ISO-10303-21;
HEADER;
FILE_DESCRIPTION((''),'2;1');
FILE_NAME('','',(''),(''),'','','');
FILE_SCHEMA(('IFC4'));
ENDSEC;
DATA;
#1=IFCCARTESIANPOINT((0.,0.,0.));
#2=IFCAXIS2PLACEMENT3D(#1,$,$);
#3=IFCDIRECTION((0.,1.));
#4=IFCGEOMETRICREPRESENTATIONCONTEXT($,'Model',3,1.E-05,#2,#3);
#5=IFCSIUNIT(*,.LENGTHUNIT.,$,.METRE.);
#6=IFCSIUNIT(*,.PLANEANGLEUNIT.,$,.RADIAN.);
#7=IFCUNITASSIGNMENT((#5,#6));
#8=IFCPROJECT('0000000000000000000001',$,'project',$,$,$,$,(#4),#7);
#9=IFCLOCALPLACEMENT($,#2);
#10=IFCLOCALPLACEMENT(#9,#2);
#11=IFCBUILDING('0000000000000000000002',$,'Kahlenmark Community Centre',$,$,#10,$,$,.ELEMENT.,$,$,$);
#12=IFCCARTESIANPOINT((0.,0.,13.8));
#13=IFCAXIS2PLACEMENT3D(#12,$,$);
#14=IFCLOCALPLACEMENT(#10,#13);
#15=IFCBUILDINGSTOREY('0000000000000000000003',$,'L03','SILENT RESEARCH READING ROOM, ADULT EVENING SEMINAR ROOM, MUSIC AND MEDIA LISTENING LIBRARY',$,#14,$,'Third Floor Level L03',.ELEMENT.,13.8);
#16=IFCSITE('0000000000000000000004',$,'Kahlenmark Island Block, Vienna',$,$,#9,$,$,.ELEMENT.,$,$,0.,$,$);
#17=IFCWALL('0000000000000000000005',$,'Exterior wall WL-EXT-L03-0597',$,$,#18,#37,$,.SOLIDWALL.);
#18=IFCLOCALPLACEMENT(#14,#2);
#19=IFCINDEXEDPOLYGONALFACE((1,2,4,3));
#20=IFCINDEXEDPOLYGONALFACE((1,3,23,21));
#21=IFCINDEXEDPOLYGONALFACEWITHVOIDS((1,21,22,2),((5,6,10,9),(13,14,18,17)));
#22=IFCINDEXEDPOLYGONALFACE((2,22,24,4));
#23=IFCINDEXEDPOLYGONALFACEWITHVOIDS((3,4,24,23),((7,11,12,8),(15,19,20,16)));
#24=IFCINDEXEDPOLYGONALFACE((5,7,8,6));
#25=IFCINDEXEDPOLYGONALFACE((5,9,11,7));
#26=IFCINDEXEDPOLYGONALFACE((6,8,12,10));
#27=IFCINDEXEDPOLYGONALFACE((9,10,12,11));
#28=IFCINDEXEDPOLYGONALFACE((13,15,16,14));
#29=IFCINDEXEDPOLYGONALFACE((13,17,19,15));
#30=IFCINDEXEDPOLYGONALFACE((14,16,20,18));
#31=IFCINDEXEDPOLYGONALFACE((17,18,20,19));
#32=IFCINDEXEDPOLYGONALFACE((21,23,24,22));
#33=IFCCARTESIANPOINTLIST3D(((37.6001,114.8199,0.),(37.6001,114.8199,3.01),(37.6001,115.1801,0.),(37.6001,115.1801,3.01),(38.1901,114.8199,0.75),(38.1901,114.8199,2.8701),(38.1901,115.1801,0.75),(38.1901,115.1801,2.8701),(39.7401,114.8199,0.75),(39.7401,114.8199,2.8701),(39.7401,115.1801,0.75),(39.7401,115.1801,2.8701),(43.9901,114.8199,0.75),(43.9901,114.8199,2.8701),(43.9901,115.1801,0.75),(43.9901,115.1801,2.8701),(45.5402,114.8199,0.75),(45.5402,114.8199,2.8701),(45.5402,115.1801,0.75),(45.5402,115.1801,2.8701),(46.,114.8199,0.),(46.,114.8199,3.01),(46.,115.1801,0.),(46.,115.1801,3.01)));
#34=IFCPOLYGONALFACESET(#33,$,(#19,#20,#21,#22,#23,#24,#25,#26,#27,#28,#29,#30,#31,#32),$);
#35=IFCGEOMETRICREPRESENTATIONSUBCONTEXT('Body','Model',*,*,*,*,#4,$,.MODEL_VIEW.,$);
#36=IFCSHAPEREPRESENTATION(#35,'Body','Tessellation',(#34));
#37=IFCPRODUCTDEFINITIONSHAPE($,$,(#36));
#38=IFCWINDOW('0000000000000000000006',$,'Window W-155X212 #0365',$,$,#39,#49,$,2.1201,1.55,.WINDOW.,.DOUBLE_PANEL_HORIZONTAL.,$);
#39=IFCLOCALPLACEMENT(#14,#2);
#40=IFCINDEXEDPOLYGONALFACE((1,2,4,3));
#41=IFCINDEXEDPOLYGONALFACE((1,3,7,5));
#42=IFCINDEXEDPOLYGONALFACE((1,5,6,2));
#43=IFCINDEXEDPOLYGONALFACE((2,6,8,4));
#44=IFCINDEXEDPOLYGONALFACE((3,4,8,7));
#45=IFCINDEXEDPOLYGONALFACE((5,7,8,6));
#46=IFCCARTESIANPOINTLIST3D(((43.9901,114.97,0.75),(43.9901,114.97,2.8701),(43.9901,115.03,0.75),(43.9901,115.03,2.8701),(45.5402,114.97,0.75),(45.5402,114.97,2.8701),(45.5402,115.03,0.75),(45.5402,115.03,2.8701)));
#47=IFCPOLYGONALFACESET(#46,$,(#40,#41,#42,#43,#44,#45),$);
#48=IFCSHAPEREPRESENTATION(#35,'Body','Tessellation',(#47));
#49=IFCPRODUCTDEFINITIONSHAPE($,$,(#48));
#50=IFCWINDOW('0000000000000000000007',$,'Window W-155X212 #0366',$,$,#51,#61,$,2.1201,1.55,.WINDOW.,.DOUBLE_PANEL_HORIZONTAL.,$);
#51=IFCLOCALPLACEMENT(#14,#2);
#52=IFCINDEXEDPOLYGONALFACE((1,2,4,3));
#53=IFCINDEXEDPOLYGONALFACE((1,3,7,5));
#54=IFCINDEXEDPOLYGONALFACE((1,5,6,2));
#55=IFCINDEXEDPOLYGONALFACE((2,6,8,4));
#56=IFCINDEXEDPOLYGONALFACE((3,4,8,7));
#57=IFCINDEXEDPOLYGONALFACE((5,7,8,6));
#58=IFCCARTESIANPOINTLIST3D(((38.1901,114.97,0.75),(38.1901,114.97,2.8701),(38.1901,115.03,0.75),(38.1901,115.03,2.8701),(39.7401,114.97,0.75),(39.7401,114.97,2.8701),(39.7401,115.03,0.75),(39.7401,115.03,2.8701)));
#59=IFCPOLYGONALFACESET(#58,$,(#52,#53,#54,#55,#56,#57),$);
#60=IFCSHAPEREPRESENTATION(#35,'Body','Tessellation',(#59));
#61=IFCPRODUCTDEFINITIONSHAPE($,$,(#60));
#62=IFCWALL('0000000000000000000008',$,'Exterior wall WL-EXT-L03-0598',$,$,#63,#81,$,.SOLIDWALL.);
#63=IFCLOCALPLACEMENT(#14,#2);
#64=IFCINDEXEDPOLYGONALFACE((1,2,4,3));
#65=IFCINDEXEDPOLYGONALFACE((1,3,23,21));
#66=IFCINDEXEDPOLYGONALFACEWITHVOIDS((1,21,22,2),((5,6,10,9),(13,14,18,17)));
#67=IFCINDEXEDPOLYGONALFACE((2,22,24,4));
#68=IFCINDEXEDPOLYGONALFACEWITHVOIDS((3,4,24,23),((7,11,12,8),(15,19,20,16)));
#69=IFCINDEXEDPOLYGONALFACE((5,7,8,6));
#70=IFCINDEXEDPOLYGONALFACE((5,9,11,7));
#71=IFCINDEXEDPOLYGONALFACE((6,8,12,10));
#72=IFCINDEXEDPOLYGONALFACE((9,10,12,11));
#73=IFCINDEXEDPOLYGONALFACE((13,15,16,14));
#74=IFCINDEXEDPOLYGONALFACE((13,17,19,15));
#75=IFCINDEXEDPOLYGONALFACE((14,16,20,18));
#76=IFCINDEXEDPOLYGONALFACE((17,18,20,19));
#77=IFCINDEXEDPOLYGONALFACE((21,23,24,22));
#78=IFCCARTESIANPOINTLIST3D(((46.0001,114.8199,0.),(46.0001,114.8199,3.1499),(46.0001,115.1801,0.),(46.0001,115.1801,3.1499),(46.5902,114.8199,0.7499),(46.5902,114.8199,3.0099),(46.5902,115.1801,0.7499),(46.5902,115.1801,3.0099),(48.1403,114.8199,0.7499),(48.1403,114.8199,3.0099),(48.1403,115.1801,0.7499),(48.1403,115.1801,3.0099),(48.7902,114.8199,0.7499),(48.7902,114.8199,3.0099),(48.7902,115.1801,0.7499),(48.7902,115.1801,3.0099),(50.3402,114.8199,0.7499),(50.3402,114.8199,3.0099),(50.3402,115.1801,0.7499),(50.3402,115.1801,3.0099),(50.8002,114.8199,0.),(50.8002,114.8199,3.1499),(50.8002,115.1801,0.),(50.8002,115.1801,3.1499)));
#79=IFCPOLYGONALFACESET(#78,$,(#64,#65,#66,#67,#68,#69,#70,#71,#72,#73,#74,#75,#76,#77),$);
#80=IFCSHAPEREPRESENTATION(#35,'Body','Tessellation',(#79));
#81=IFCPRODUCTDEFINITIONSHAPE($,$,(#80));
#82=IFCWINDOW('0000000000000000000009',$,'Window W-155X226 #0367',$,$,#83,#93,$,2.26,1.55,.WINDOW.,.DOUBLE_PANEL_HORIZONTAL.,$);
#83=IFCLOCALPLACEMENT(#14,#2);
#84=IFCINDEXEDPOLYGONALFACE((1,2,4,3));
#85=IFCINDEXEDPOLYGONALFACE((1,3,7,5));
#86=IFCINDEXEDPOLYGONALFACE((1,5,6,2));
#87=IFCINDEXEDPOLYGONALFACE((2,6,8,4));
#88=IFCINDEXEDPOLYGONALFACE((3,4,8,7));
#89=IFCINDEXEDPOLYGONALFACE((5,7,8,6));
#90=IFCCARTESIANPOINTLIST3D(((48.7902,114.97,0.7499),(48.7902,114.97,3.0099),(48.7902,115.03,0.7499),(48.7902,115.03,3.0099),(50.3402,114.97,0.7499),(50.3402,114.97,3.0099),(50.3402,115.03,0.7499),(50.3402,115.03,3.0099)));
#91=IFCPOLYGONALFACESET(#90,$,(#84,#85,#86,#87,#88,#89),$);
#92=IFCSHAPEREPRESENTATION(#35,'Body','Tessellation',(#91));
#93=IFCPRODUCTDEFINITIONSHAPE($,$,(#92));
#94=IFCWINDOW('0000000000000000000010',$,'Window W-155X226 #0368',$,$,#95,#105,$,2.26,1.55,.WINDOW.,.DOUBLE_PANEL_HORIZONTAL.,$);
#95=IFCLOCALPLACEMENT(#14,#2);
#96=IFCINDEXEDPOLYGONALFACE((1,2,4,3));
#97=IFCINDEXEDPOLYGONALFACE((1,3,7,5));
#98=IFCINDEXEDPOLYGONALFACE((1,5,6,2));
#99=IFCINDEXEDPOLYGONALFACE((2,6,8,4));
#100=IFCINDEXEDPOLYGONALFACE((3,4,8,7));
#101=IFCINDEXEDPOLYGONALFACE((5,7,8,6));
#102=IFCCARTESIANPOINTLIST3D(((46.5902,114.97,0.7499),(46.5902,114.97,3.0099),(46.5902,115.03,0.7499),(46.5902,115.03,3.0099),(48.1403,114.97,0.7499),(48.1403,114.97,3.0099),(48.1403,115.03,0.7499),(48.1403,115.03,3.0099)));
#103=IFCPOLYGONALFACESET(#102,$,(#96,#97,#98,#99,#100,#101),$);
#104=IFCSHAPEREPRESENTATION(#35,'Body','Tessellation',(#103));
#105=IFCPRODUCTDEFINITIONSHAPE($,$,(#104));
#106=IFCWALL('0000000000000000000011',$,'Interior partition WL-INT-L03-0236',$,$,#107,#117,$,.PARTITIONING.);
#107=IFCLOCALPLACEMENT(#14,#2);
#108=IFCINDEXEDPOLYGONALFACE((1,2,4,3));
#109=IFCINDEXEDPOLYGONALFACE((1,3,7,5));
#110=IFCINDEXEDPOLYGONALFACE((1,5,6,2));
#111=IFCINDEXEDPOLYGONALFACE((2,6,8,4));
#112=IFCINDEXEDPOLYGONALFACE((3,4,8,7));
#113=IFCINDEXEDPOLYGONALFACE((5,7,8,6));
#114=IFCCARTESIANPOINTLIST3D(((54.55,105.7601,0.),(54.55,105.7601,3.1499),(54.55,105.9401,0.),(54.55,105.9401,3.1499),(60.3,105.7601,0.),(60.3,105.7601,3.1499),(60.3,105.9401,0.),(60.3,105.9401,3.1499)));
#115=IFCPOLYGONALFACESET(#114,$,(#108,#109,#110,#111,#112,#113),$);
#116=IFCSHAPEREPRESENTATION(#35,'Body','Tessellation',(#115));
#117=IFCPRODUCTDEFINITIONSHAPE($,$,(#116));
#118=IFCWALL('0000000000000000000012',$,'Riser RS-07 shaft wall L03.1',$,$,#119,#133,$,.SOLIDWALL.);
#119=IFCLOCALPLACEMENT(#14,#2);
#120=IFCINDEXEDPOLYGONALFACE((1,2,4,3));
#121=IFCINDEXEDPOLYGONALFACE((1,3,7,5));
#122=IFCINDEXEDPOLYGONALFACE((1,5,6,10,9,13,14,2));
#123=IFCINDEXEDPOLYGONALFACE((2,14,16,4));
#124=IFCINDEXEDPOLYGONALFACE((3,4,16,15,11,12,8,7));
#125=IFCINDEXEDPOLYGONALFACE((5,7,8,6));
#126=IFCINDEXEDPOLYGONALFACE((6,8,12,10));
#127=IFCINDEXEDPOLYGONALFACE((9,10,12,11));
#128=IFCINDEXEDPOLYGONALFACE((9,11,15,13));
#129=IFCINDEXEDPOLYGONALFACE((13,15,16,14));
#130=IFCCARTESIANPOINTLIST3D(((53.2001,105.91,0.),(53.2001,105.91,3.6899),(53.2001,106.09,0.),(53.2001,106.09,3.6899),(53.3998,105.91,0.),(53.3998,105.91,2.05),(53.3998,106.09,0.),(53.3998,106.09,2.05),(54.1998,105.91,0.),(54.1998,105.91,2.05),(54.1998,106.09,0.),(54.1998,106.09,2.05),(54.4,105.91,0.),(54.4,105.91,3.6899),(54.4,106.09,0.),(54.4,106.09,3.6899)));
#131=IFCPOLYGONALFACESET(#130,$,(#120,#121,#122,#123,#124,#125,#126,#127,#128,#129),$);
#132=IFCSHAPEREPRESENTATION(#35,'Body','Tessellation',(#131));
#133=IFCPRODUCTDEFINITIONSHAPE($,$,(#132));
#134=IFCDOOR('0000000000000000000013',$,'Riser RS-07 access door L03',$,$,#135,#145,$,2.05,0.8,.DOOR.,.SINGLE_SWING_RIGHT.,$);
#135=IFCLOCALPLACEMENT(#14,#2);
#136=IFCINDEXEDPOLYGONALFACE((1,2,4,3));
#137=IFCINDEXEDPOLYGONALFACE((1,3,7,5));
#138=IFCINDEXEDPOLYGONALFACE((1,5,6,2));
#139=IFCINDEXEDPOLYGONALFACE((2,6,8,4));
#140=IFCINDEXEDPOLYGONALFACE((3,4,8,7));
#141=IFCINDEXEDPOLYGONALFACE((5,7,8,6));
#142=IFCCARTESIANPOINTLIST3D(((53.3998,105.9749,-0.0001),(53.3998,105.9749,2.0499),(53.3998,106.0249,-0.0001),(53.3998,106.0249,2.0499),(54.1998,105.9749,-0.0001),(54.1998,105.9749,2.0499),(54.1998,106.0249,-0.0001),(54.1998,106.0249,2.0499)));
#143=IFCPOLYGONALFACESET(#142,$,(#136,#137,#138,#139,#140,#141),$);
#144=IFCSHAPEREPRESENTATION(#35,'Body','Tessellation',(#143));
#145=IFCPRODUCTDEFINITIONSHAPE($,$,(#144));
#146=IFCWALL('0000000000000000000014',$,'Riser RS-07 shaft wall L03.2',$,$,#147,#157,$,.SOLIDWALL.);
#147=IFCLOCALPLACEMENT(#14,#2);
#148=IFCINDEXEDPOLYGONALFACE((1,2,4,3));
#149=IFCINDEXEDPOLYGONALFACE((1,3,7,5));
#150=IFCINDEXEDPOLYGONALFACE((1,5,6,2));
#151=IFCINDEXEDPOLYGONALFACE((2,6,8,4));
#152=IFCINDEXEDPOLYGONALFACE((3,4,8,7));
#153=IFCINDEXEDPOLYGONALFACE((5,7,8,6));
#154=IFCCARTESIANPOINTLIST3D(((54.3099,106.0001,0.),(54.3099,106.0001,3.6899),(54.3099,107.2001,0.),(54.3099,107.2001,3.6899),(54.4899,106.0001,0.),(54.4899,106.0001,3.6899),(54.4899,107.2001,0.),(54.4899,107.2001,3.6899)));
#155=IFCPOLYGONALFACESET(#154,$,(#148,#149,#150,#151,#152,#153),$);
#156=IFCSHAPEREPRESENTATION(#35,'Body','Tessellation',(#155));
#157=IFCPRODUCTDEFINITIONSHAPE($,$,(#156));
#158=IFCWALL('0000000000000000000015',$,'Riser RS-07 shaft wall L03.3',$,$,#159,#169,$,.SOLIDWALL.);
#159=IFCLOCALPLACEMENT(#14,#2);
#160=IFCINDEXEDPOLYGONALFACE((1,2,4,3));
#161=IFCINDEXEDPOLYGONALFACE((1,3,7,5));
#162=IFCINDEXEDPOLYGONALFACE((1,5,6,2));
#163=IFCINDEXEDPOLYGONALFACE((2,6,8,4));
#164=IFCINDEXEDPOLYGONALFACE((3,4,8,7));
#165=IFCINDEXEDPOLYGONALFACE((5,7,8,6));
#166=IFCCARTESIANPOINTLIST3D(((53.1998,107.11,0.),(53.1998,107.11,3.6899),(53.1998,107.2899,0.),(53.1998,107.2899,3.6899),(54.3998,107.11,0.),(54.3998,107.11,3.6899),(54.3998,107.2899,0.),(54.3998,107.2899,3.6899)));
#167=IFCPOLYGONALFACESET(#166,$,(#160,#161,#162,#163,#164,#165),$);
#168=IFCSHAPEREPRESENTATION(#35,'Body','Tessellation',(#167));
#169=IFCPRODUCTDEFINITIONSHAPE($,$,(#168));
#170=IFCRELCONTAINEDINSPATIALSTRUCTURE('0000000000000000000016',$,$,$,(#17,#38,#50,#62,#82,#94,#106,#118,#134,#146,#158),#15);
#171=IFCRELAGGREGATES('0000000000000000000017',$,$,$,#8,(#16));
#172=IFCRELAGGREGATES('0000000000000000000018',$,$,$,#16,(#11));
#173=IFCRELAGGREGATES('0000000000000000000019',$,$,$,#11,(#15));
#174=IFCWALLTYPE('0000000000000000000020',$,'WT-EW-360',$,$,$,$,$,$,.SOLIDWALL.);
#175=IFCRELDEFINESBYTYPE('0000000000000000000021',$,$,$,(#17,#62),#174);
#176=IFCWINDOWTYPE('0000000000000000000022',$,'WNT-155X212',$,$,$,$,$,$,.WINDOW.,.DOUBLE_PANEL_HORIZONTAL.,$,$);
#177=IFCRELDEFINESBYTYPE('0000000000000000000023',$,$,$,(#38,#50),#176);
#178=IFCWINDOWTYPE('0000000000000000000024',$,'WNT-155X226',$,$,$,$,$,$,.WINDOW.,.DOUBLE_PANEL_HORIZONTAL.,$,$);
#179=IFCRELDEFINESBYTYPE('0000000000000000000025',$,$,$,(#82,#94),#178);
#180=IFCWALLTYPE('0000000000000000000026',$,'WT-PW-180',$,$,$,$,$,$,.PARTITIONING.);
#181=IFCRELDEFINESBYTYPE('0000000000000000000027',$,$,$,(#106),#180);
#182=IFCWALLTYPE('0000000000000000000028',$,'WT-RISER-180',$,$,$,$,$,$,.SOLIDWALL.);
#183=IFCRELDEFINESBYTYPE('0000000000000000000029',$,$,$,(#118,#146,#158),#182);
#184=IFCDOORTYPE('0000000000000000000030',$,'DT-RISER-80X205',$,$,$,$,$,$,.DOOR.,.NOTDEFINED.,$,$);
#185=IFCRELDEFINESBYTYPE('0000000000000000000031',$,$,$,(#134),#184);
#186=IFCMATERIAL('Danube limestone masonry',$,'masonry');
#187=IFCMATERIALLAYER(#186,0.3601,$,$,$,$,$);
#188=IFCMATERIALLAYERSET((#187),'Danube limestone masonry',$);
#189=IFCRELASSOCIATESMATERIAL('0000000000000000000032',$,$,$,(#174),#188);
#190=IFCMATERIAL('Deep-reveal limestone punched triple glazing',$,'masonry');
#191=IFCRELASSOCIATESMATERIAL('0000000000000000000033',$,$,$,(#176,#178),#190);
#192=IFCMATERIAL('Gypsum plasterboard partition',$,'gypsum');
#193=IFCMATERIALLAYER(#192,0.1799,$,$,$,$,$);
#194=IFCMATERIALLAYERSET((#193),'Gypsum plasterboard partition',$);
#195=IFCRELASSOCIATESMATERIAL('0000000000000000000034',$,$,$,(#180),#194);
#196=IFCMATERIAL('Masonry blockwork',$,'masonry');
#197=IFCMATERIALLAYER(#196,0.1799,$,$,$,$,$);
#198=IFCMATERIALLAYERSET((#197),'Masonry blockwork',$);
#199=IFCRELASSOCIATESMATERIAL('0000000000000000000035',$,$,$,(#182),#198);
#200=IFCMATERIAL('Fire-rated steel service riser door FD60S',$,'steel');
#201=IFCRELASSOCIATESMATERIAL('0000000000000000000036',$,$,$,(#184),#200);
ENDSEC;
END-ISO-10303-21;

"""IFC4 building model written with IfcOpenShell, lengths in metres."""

from ifc_helpers import new_model, si_unit, direction, frame, frame_2d, origin, place, context, subcontext, project, spatial, rectangle, extrude, material, layer, layer_set, type_object, element, fill, save


model = new_model("IFC4")

# Units and contexts
model_context = context("Model", 3, precision=1e-05, world=origin(), true_north=direction((0.0, 1.0)))
body_context = subcontext(model_context, "Body", "Model", "MODEL_VIEW")
ifc_project = project(units=[si_unit("LENGTHUNIT", "METRE"), si_unit("PLANEANGLEUNIT", "RADIAN")], contexts=[model_context])

# Site, building, storey
site_placement = place(None, origin())
site = spatial("IfcSite", under=ifc_project, at=site_placement, Name="Kahlenmark Island Block, Vienna", CompositionType="ELEMENT", RefElevation=0.0)
building_placement = place(site_placement, origin())
building = spatial("IfcBuilding", under=site, at=building_placement, Name="Kahlenmark Community Centre", CompositionType="ELEMENT")
storey_placement = place(building_placement, frame((0.0, 0.0, 13.8)))
storey = spatial("IfcBuildingStorey", under=building, at=storey_placement, Name="L03", Description="SILENT RESEARCH READING ROOM, ADULT EVENING SEMINAR ROOM, MUSIC AND MEDIA LISTENING LIBRARY", LongName="Third Floor Level L03", CompositionType="ELEMENT", Elevation=13.8)

# Walls, openings, windows
ifc_material_1 = material(Name="Danube limestone masonry", Category="masonry")
ifc_layer_1 = layer(ifc_material_1, 0.3601)
ifc_layer_set_1 = layer_set([ifc_layer_1], Name="Danube limestone masonry")
wall_type_1 = type_object("IfcWallType", Name="WT-EW-360", PredefinedType="SOLIDWALL", material=ifc_layer_set_1)
wall_1_placement = place(storey_placement, frame((46.0, 115.0, 0.0), z_axis=(0.0, 0.0, 1.0), x_axis=(-1.0, 0.0, 0.0)))
wall_1 = element("IfcWall", 1, at=wall_1_placement, inside=storey, type_object=wall_type_1, Name="Exterior wall WL-EXT-L03-0597", PredefinedType="SOLIDWALL", context=body_context, shape_type="SweptSolid", body=[
    extrude(rectangle(XDim=8.3999, YDim=0.3601, at=frame_2d((4.2, 0.0))), origin(), (0.0, 0.0, 1.0), 3.01),
])
opening_1_placement = place(wall_1_placement, frame((0.46, 0.0, 0.75)))
opening_1 = element("IfcOpeningElement", 2, at=opening_1_placement, cuts=wall_1, PredefinedType="OPENING", context=body_context, shape_type="SweptSolid", body=[
    extrude(rectangle(XDim=1.55, YDim=2.1201, at=frame_2d((0.7749, 1.0601))), frame((0.0, 0.1899, 0.0), z_axis=(0.0, -1.0, 0.0), x_axis=(1.0, 0.0, 0.0)), (0.0, 0.0, 1.0), 0.3801),
])
opening_2_placement = place(wall_1_placement, frame((6.26, 0.0, 0.75)))
opening_2 = element("IfcOpeningElement", 3, at=opening_2_placement, cuts=wall_1, PredefinedType="OPENING", context=body_context, shape_type="SweptSolid", body=[
    extrude(rectangle(XDim=1.55, YDim=2.1201, at=frame_2d((0.7749, 1.0601))), frame((0.0, 0.1899, 0.0), z_axis=(0.0, -1.0, 0.0), x_axis=(1.0, 0.0, 0.0)), (0.0, 0.0, 1.0), 0.3801),
])
ifc_material_2 = material(Name="Deep-reveal limestone punched triple glazing", Category="masonry")
window_type_1 = type_object("IfcWindowType", Name="WNT-155X212", PartitioningType="DOUBLE_PANEL_HORIZONTAL", PredefinedType="WINDOW", material=ifc_material_2)
window_1_placement = place(opening_1_placement, origin())
window_1 = element("IfcWindow", 4, at=window_1_placement, inside=storey, type_object=window_type_1, Name="Window W-155X212 #0365", OverallHeight=2.1201, OverallWidth=1.55, PartitioningType="DOUBLE_PANEL_HORIZONTAL", PredefinedType="WINDOW", context=body_context, shape_type="SweptSolid", body=[
    extrude(rectangle(XDim=1.55, YDim=2.1201, at=frame_2d((0.7749, 1.0601))), frame((0.0, 0.03, 0.0), z_axis=(0.0, -1.0, 0.0), x_axis=(1.0, 0.0, 0.0)), (0.0, 0.0, 1.0), 0.0601),
])
fill(opening_1, window_1)
window_2_placement = place(opening_2_placement, origin())
window_2 = element("IfcWindow", 5, at=window_2_placement, inside=storey, type_object=window_type_1, Name="Window W-155X212 #0366", OverallHeight=2.1201, OverallWidth=1.55, PartitioningType="DOUBLE_PANEL_HORIZONTAL", PredefinedType="WINDOW", context=body_context, shape_type="SweptSolid", body=[
    extrude(rectangle(XDim=1.55, YDim=2.1201, at=frame_2d((0.7749, 1.0601))), frame((0.0, 0.03, 0.0), z_axis=(0.0, -1.0, 0.0), x_axis=(1.0, 0.0, 0.0)), (0.0, 0.0, 1.0), 0.0601),
])
fill(opening_2, window_2)
wall_2_placement = place(storey_placement, frame((50.8, 115.0, 0.0), z_axis=(0.0, 0.0, 1.0), x_axis=(-1.0, 0.0, 0.0)))
wall_2 = element("IfcWall", 6, at=wall_2_placement, inside=storey, type_object=wall_type_1, Name="Exterior wall WL-EXT-L03-0598", PredefinedType="SOLIDWALL", context=body_context, shape_type="SweptSolid", body=[
    extrude(rectangle(XDim=4.8, YDim=0.3601, at=frame_2d((2.3999, 0.0))), origin(), (0.0, 0.0, 1.0), 3.1499),
])
opening_3_placement = place(wall_2_placement, frame((0.46, 0.0, 0.75)))
opening_3 = element("IfcOpeningElement", 7, at=opening_3_placement, cuts=wall_2, PredefinedType="OPENING", context=body_context, shape_type="SweptSolid", body=[
    extrude(rectangle(XDim=1.55, YDim=2.26, at=frame_2d((0.7749, 1.1299))), frame((0.0, 0.1899, 0.0), z_axis=(0.0, -1.0, 0.0), x_axis=(1.0, 0.0, 0.0)), (0.0, 0.0, 1.0), 0.3801),
])
opening_4_placement = place(wall_2_placement, frame((2.6599, 0.0, 0.75)))
opening_4 = element("IfcOpeningElement", 8, at=opening_4_placement, cuts=wall_2, PredefinedType="OPENING", context=body_context, shape_type="SweptSolid", body=[
    extrude(rectangle(XDim=1.55, YDim=2.26, at=frame_2d((0.7749, 1.1299))), frame((0.0, 0.1899, 0.0), z_axis=(0.0, -1.0, 0.0), x_axis=(1.0, 0.0, 0.0)), (0.0, 0.0, 1.0), 0.3801),
])
window_type_2 = type_object("IfcWindowType", Name="WNT-155X226", PartitioningType="DOUBLE_PANEL_HORIZONTAL", PredefinedType="WINDOW", material=ifc_material_2)
window_3_placement = place(opening_3_placement, origin())
window_3 = element("IfcWindow", 9, at=window_3_placement, inside=storey, type_object=window_type_2, Name="Window W-155X226 #0367", OverallHeight=2.26, OverallWidth=1.55, PartitioningType="DOUBLE_PANEL_HORIZONTAL", PredefinedType="WINDOW", context=body_context, shape_type="SweptSolid", body=[
    extrude(rectangle(XDim=1.55, YDim=2.26, at=frame_2d((0.7749, 1.1299))), frame((0.0, 0.03, 0.0), z_axis=(0.0, -1.0, 0.0), x_axis=(1.0, 0.0, 0.0)), (0.0, 0.0, 1.0), 0.0601),
])
fill(opening_3, window_3)
window_4_placement = place(opening_4_placement, origin())
window_4 = element("IfcWindow", 10, at=window_4_placement, inside=storey, type_object=window_type_2, Name="Window W-155X226 #0368", OverallHeight=2.26, OverallWidth=1.55, PartitioningType="DOUBLE_PANEL_HORIZONTAL", PredefinedType="WINDOW", context=body_context, shape_type="SweptSolid", body=[
    extrude(rectangle(XDim=1.55, YDim=2.26, at=frame_2d((0.7749, 1.1299))), frame((0.0, 0.03, 0.0), z_axis=(0.0, -1.0, 0.0), x_axis=(1.0, 0.0, 0.0)), (0.0, 0.0, 1.0), 0.0601),
])
fill(opening_4, window_4)

# Wall
ifc_material_3 = material(Name="Gypsum plasterboard partition", Category="gypsum")
ifc_layer_2 = layer(ifc_material_3, 0.1799)
ifc_layer_set_2 = layer_set([ifc_layer_2], Name="Gypsum plasterboard partition")
wall_type_2 = type_object("IfcWallType", Name="WT-PW-180", PredefinedType="PARTITIONING", material=ifc_layer_set_2)
wall_3_placement = place(storey_placement, frame((54.55, 105.8501, 0.0), z_axis=(0.0, 0.0, 1.0), x_axis=(1.0, 0.0, 0.0)))
element("IfcWall", 11, at=wall_3_placement, inside=storey, type_object=wall_type_2, Name="Interior partition WL-INT-L03-0236", PredefinedType="PARTITIONING", context=body_context, shape_type="SweptSolid", body=[
    extrude(rectangle(XDim=5.75, YDim=0.1799, at=frame_2d((2.875, 0.0))), origin(), (0.0, 0.0, 1.0), 3.1499),
])

# Wall, opening, door
ifc_material_4 = material(Name="Masonry blockwork", Category="masonry")
ifc_layer_3 = layer(ifc_material_4, 0.1799)
ifc_layer_set_3 = layer_set([ifc_layer_3], Name="Masonry blockwork")
wall_type_3 = type_object("IfcWallType", Name="WT-RISER-180", PredefinedType="SOLIDWALL", material=ifc_layer_set_3)
wall_4_placement = place(storey_placement, frame((53.2, 106.0, 0.0), z_axis=(0.0, 0.0, 1.0), x_axis=(1.0, 0.0, 0.0)))
wall_4 = element("IfcWall", 12, at=wall_4_placement, inside=storey, type_object=wall_type_3, Name="Riser RS-07 shaft wall L03.1", PredefinedType="SOLIDWALL", context=body_context, shape_type="SweptSolid", body=[
    extrude(rectangle(XDim=1.2, YDim=0.1799, at=frame_2d((0.6001, 0.0))), origin(), (0.0, 0.0, 1.0), 3.6899),
])
opening_5_placement = place(wall_4_placement, frame((0.2, 0.0, -0.01)))
opening_5 = element("IfcOpeningElement", 13, at=opening_5_placement, cuts=wall_4, PredefinedType="OPENING", context=body_context, shape_type="SweptSolid", body=[
    extrude(rectangle(XDim=0.8, YDim=2.0601, at=frame_2d((0.3999, 1.03))), frame((0.0, 0.0999, 0.0), z_axis=(0.0, -1.0, 0.0), x_axis=(1.0, 0.0, 0.0)), (0.0, 0.0, 1.0), 0.2),
])
ifc_material_5 = material(Name="Fire-rated steel service riser door FD60S", Category="steel")
door_type_1 = type_object("IfcDoorType", Name="DT-RISER-80X205", OperationType="NOTDEFINED", PredefinedType="DOOR", material=ifc_material_5)
door_1_placement = place(opening_5_placement, frame((0.0, 0.0, 0.01)))
door_1 = element("IfcDoor", 14, at=door_1_placement, inside=storey, type_object=door_type_1, Name="Riser RS-07 access door L03", OperationType="SINGLE_SWING_RIGHT", OverallHeight=2.05, OverallWidth=0.8, PredefinedType="DOOR", context=body_context, shape_type="SweptSolid", body=[
    extrude(rectangle(XDim=0.8, YDim=2.05, at=frame_2d((0.3999, 1.0249))), frame((0.0, 0.0249, 0.0), z_axis=(0.0, -1.0, 0.0), x_axis=(1.0, 0.0, 0.0)), (0.0, 0.0, 1.0), 0.05),
])
fill(opening_5, door_1)

# Walls
for number, where, z_axis, x_axis, name in (
    (15, (54.3999, 106.0, 0.0), (0.0, 0.0, 1.0), (0.0, 1.0, 0.0), "Riser RS-07 shaft wall L03.2"),
    (16, (54.3999, 107.2, 0.0), (0.0, 0.0, 1.0), (-1.0, 0.0, 0.0), "Riser RS-07 shaft wall L03.3"),
):
    element("IfcWall", number, at=place(storey_placement, frame(where, z_axis=z_axis, x_axis=x_axis)), inside=storey, type_object=wall_type_3, Name=name, PredefinedType="SOLIDWALL", context=body_context, shape_type="SweptSolid", body=[
        extrude(rectangle(XDim=1.2, YDim=0.1799, at=frame_2d((0.6001, 0.0))), origin(), (0.0, 0.0, 1.0), 3.6899),
    ])

save(model, "model.ifc")
